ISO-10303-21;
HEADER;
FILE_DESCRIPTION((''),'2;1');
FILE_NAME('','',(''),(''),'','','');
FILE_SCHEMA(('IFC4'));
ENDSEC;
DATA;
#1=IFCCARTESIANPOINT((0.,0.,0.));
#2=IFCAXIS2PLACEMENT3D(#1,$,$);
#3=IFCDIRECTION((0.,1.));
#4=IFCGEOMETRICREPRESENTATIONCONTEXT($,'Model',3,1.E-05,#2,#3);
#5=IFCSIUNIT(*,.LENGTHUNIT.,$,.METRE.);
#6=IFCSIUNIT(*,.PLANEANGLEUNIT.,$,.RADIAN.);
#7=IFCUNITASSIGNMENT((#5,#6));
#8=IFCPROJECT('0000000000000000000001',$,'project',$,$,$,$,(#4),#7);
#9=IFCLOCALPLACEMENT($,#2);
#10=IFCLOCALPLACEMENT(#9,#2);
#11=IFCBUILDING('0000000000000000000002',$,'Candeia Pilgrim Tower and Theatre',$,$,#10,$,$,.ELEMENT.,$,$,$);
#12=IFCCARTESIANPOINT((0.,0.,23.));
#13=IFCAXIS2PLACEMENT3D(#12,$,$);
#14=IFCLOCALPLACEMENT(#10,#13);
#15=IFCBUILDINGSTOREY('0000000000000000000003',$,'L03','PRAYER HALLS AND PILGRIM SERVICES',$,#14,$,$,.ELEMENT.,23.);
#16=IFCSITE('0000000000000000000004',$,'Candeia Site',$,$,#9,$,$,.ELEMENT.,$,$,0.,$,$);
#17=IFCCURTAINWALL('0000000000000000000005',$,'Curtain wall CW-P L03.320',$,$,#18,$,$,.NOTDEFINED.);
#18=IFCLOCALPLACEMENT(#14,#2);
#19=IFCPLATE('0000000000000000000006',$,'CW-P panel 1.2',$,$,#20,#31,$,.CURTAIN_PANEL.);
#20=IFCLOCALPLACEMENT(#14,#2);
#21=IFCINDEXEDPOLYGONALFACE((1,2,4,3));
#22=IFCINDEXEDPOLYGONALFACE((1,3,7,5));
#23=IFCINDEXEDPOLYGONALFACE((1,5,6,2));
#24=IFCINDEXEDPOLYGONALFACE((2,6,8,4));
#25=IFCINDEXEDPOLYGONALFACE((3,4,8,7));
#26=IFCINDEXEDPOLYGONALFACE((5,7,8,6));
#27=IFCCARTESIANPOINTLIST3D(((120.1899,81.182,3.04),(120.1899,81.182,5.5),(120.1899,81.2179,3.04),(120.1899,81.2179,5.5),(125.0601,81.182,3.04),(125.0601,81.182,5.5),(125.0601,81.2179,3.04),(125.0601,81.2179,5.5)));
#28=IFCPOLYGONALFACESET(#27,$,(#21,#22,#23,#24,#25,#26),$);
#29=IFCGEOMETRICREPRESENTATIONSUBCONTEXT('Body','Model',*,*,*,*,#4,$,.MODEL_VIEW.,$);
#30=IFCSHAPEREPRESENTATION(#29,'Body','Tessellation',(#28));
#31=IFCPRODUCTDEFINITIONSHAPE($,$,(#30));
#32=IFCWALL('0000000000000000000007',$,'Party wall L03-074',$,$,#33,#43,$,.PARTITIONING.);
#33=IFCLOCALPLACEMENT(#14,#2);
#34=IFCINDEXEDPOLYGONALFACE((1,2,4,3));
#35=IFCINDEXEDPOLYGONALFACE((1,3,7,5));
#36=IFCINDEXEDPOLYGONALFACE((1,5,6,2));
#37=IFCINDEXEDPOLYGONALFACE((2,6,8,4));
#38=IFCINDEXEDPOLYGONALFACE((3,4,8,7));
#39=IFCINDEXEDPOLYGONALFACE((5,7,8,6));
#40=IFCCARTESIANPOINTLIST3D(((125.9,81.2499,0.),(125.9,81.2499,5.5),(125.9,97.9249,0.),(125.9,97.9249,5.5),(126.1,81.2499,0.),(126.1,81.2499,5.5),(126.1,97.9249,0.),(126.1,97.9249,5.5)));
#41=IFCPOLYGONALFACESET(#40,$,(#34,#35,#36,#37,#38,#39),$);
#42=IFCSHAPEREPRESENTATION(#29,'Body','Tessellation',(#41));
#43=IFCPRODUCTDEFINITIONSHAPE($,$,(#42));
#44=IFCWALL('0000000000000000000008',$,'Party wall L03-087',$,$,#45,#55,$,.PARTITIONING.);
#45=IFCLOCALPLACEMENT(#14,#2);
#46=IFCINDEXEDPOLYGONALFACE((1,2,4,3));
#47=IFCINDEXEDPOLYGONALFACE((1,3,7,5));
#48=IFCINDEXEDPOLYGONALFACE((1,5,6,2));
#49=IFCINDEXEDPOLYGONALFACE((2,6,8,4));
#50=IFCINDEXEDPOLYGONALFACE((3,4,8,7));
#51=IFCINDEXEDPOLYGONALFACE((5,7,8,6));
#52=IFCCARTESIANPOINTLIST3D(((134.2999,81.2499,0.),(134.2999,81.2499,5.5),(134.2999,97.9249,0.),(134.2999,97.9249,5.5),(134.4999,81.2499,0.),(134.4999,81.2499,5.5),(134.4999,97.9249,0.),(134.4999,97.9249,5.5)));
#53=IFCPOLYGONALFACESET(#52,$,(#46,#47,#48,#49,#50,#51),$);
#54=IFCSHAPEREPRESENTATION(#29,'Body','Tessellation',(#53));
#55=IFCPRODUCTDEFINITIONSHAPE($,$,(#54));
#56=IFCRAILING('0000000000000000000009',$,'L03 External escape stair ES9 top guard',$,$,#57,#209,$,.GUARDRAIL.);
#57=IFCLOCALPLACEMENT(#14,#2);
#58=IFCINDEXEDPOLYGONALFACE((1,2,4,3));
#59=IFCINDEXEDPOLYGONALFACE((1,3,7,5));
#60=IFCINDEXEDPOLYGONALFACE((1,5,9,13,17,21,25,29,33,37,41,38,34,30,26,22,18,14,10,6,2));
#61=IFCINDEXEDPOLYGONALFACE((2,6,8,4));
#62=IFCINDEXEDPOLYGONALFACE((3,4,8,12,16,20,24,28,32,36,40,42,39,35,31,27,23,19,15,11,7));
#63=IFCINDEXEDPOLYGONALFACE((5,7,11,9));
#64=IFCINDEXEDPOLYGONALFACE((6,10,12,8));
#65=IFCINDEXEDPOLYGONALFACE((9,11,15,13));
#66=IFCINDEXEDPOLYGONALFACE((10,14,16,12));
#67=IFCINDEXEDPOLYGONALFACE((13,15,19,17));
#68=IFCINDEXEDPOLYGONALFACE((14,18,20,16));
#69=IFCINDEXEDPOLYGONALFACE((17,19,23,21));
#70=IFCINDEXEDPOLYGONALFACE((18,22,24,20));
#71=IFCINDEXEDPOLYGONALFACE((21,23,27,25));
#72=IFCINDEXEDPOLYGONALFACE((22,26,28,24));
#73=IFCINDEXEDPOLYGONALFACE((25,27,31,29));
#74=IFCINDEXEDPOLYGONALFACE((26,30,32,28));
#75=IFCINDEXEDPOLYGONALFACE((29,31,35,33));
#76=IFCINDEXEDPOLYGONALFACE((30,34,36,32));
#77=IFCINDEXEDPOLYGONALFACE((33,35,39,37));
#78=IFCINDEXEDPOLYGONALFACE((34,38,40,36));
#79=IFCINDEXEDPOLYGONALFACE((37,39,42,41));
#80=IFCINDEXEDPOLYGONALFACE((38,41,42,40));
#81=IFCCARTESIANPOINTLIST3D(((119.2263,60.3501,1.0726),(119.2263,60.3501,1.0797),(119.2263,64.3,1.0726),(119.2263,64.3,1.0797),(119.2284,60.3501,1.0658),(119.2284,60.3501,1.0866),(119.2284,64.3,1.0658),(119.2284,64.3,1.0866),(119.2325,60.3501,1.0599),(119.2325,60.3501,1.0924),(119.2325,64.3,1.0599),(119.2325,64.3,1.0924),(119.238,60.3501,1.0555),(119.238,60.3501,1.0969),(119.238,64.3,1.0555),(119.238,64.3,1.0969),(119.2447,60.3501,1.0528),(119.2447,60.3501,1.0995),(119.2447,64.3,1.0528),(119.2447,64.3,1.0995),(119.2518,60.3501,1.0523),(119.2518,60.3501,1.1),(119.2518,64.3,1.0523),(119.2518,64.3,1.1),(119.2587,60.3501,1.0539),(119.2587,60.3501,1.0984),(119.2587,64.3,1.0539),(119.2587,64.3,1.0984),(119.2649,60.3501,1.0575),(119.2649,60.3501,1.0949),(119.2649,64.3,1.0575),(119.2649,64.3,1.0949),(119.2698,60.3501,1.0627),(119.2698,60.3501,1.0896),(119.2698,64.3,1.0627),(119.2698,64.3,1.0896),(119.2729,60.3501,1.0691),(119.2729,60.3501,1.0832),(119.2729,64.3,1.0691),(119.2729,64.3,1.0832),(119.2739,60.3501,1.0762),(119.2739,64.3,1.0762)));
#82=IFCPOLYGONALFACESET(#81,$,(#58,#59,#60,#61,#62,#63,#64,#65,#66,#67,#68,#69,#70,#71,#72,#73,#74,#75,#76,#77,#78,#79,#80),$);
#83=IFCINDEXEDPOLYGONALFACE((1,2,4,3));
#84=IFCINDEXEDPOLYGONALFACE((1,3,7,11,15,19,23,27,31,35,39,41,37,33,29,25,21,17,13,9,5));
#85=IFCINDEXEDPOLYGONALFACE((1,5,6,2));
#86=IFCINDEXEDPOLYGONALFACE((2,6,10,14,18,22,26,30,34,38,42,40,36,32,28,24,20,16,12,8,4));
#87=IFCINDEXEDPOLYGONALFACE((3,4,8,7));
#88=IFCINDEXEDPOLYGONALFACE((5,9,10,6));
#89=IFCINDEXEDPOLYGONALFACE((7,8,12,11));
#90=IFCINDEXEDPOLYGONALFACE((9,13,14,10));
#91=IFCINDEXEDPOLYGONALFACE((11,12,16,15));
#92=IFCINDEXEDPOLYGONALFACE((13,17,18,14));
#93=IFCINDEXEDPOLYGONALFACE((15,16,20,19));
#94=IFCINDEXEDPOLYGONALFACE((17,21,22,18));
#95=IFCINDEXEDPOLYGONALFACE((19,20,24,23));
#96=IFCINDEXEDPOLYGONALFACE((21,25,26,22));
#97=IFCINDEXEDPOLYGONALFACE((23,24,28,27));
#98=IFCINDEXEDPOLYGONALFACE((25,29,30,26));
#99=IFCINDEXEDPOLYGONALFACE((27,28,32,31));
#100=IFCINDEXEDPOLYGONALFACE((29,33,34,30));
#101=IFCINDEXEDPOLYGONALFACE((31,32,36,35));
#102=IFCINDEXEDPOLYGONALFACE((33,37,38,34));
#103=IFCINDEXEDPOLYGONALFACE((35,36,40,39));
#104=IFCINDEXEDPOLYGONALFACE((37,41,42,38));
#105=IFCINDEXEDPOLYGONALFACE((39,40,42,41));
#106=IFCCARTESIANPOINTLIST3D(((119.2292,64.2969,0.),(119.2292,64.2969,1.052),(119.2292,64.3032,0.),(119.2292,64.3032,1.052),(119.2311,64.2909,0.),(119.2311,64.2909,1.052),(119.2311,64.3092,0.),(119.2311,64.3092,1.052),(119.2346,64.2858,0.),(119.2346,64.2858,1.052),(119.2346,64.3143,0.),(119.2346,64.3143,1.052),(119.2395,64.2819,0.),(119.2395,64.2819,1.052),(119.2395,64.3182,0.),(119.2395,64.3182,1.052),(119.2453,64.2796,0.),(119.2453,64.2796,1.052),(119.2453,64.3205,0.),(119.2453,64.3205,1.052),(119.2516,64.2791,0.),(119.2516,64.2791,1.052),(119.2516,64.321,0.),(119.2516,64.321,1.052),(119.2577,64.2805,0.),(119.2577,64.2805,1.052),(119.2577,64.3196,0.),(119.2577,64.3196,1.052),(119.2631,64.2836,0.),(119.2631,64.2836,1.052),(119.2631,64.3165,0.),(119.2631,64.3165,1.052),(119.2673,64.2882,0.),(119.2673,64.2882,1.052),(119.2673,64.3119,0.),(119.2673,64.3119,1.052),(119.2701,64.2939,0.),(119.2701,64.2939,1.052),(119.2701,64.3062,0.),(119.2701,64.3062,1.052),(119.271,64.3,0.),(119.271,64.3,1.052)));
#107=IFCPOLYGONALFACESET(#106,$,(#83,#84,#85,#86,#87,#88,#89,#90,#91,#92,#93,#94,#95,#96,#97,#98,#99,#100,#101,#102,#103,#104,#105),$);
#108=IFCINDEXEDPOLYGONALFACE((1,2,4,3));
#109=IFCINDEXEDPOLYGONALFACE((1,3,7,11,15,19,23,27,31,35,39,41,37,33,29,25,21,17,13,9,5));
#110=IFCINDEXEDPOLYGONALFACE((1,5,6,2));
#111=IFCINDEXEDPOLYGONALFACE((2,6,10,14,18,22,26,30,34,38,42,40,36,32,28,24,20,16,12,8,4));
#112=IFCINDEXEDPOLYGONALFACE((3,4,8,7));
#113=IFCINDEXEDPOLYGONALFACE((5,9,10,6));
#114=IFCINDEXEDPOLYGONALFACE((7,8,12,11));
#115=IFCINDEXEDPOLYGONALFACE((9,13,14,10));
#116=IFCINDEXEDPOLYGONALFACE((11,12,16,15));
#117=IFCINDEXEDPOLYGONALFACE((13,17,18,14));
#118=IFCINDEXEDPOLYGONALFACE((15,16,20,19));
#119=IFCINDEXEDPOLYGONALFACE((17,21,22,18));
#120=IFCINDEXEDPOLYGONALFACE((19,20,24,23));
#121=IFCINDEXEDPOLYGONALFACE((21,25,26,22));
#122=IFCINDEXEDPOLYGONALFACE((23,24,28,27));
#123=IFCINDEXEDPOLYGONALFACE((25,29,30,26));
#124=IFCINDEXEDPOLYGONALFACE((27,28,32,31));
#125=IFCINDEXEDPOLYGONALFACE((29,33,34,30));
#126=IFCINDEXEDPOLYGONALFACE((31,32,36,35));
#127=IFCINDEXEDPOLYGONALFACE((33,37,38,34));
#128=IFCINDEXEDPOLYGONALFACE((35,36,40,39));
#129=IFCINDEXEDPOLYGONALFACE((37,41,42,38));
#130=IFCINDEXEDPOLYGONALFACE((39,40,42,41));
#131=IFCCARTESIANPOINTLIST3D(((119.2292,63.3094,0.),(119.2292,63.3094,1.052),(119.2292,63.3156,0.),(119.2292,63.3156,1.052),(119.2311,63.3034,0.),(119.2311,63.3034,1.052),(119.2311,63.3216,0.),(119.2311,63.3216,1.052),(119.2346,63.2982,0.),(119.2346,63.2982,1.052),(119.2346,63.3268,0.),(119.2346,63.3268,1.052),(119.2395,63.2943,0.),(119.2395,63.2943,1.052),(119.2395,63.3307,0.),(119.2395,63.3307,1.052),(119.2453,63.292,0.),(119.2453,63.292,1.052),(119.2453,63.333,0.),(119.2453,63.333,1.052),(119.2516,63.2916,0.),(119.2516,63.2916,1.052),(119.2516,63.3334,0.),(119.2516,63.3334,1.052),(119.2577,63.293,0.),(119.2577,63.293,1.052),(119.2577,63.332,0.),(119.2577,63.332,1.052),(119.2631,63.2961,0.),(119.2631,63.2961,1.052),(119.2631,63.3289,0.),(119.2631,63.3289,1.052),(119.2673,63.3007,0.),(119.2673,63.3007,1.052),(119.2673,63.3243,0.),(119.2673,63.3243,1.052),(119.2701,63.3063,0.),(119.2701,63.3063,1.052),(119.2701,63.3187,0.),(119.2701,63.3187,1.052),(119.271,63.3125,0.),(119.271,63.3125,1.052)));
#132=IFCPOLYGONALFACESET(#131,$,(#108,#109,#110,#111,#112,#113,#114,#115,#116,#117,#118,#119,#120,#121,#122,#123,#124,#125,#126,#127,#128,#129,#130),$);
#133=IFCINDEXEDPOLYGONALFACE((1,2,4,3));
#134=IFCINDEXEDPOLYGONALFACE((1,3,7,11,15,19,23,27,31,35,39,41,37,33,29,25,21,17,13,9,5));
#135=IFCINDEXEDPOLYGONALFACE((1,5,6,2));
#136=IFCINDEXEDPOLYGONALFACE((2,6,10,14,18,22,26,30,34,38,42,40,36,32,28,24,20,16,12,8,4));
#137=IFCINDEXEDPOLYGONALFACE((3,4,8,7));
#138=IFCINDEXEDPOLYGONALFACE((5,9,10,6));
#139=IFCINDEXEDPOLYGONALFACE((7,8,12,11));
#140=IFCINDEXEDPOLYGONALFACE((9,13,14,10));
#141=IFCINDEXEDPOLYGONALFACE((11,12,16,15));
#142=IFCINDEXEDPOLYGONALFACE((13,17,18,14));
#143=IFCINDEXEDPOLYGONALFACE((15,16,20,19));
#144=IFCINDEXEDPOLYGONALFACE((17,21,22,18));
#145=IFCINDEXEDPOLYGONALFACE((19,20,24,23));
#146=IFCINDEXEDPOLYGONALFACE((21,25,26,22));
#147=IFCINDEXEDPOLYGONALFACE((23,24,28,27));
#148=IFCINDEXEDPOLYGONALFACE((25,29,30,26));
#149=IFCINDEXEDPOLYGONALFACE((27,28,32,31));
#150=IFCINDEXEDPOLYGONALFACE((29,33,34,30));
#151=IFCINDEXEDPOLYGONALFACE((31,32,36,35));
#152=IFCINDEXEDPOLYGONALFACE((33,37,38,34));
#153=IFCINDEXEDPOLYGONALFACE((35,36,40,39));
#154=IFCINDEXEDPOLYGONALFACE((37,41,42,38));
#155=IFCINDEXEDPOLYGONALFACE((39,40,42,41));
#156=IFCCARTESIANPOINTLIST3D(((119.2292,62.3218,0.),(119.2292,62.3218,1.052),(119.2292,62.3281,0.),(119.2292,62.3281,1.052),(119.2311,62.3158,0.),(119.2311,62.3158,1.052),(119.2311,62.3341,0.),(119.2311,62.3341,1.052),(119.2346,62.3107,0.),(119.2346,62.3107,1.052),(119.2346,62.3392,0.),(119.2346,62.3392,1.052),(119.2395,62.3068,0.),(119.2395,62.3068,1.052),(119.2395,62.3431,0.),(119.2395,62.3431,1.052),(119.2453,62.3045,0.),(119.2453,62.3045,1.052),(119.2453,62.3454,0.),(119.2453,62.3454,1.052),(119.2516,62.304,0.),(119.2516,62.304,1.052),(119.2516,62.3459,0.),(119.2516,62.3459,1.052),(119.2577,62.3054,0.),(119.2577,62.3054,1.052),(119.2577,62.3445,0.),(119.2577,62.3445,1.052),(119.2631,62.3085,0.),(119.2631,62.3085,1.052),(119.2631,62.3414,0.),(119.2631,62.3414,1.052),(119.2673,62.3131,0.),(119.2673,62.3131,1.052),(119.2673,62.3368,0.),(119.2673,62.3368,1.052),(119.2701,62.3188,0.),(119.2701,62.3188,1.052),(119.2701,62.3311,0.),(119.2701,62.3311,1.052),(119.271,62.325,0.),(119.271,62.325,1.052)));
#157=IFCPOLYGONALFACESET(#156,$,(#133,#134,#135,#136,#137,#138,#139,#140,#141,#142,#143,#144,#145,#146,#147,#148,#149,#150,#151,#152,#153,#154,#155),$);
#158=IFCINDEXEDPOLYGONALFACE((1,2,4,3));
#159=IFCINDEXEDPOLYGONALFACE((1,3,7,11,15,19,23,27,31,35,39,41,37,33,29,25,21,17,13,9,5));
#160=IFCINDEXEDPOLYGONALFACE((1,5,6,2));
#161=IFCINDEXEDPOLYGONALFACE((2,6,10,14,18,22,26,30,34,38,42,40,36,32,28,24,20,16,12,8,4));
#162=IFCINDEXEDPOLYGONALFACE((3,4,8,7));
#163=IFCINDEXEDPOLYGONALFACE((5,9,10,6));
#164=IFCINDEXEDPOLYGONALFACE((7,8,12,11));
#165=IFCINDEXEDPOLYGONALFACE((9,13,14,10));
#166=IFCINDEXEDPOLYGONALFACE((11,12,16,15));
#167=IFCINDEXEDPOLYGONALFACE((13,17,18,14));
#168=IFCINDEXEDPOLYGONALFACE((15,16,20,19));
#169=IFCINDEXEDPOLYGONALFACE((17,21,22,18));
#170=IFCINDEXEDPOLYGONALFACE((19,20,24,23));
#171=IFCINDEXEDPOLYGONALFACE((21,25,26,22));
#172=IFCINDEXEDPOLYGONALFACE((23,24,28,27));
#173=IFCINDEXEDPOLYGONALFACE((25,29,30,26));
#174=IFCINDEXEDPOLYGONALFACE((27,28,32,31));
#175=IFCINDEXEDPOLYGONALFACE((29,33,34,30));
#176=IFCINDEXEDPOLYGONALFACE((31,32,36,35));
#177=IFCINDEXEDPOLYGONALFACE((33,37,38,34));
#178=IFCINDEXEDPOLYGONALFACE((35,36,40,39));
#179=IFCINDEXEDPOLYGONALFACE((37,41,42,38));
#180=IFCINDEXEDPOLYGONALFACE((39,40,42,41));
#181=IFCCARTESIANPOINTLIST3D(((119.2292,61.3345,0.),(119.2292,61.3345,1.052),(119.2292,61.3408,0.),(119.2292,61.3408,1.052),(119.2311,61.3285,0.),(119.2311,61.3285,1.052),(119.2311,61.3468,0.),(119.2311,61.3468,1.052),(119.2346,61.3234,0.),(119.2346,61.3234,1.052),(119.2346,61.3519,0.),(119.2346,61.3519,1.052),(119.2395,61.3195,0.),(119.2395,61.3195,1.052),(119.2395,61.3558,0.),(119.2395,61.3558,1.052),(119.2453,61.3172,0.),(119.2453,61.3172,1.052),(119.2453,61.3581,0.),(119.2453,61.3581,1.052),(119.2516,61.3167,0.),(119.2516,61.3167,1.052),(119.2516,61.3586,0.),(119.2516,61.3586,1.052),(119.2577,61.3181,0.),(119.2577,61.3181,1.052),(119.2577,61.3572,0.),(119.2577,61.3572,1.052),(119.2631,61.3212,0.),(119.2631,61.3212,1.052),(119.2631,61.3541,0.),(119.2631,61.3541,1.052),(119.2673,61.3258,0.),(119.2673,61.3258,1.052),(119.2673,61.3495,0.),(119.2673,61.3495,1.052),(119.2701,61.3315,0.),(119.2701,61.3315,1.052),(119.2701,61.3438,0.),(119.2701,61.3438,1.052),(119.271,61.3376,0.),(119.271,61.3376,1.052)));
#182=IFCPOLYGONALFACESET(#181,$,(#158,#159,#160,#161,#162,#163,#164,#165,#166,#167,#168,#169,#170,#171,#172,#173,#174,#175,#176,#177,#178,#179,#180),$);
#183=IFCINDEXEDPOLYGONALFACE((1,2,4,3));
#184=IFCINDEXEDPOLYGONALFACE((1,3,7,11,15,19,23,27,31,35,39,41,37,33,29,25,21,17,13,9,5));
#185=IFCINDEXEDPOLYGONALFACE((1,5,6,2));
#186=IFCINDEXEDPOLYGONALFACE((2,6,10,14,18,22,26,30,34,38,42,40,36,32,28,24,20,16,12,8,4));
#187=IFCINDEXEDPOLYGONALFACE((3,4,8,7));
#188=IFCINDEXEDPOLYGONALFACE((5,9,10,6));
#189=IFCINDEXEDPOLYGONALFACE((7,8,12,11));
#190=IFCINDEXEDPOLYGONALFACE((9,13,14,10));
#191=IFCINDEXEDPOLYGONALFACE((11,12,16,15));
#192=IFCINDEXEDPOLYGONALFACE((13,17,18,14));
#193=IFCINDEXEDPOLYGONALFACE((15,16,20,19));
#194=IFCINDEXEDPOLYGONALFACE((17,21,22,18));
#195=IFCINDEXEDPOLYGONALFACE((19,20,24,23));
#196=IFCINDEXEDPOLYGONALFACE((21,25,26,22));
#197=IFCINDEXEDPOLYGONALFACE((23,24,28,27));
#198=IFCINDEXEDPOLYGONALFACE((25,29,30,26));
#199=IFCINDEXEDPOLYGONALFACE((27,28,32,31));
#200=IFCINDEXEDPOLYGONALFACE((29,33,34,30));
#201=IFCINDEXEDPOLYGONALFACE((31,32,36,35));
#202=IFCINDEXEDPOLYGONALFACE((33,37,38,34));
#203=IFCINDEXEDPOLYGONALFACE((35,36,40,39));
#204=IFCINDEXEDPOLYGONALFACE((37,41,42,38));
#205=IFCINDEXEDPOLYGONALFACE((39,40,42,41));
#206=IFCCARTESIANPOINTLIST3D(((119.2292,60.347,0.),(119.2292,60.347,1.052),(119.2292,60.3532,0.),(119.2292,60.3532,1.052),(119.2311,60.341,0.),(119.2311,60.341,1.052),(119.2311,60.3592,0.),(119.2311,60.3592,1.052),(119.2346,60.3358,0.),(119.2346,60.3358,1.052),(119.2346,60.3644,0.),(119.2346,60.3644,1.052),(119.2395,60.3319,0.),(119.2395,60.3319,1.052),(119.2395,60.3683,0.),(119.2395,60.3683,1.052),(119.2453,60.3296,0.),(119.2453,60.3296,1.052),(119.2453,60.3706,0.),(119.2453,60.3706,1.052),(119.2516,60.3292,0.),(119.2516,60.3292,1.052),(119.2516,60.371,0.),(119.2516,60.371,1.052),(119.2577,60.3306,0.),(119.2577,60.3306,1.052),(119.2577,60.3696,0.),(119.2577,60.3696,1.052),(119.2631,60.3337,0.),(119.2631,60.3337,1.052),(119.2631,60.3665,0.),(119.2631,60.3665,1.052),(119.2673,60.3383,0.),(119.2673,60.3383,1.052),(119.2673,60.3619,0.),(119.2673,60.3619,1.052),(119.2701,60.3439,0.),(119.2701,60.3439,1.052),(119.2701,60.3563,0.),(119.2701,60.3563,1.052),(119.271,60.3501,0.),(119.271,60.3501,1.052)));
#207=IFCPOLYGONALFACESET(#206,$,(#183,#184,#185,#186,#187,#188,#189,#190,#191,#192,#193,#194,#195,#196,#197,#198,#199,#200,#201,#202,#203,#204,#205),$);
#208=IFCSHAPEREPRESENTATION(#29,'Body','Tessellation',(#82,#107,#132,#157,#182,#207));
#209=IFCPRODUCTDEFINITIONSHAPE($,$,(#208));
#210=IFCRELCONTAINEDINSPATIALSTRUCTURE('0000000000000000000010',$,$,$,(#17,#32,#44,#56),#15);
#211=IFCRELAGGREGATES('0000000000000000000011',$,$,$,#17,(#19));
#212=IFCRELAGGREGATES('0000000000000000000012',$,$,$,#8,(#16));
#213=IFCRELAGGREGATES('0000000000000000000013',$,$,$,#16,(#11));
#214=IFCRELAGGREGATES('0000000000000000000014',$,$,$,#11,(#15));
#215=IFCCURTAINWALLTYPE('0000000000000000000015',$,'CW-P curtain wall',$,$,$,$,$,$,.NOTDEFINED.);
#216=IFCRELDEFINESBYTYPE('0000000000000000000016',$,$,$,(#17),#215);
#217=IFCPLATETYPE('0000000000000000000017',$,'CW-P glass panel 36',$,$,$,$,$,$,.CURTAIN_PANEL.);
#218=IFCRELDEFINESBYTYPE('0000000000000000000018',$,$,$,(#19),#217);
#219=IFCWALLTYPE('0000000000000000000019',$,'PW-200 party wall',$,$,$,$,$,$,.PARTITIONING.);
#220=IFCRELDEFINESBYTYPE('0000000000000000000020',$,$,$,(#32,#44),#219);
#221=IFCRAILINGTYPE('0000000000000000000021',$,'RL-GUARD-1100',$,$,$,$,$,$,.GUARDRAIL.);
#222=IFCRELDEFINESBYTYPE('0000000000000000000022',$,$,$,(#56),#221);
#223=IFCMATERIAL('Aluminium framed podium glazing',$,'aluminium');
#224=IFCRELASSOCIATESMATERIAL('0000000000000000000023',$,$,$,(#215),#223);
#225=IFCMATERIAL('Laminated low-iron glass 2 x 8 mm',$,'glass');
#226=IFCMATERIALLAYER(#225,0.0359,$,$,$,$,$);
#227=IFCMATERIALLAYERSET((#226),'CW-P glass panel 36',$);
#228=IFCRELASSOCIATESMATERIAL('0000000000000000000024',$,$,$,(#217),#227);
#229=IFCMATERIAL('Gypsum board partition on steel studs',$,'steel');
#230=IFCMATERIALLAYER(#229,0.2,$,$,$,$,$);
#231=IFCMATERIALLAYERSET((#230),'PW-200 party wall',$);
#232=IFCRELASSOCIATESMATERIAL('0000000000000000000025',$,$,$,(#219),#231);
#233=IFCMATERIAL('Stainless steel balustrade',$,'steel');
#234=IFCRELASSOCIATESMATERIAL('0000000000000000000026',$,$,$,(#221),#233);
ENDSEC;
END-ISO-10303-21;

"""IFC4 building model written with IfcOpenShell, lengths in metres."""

from ifc_helpers import new_model, si_unit, direction, frame, frame_2d, origin, origin_2d, place, context, subcontext, project, spatial, rectangle, circle, extrude, material, layer, layer_set, type_object, element, aggregate, save


model = new_model("IFC4")

# Units and contexts
model_context = context("Model", 3, precision=1e-05, world=origin(), true_north=direction((0.0, 1.0)))
body_context = subcontext(model_context, "Body", "Model", "MODEL_VIEW")
ifc_project = project(units=[si_unit("LENGTHUNIT", "METRE"), si_unit("PLANEANGLEUNIT", "RADIAN")], contexts=[model_context])

# Site, building, storey
site_placement = place(None, origin())
site = spatial("IfcSite", under=ifc_project, at=site_placement, Name="Candeia Site", CompositionType="ELEMENT", RefElevation=0.0)
building_placement = place(site_placement, origin())
building = spatial("IfcBuilding", under=site, at=building_placement, Name="Candeia Pilgrim Tower and Theatre", CompositionType="ELEMENT")
storey_placement = place(building_placement, frame((0.0, 0.0, 23.0)))
storey = spatial("IfcBuildingStorey", under=building, at=storey_placement, Name="L03", Description="PRAYER HALLS AND PILGRIM SERVICES", CompositionType="ELEMENT", Elevation=23.0)

# Curtain wall
ifc_material_1 = material(Name="Aluminium framed podium glazing", Category="aluminium")
curtain_wall_type = type_object("IfcCurtainWallType", Name="CW-P curtain wall", PredefinedType="NOTDEFINED", material=ifc_material_1)
curtain_wall_1_placement = place(storey_placement, origin())
curtain_wall_1 = element("IfcCurtainWall", 1, at=curtain_wall_1_placement, inside=storey, type_object=curtain_wall_type, Name="Curtain wall CW-P L03.320", PredefinedType="NOTDEFINED")

# Plate
ifc_material_2 = material(Name="Laminated low-iron glass 2 x 8 mm", Category="glass")
ifc_layer_1 = layer(ifc_material_2, 0.0359)
ifc_layer_set_1 = layer_set([ifc_layer_1], Name="CW-P glass panel 36")
plate_type = type_object("IfcPlateType", Name="CW-P glass panel 36", PredefinedType="CURTAIN_PANEL", material=ifc_layer_set_1)
plate_1_placement = place(storey_placement, frame((122.625, 81.2, 3.04), z_axis=(0.0, 0.0, 1.0), x_axis=(-1.0, 0.0, 0.0)))
plate_1 = element("IfcPlate", 2, at=plate_1_placement, type_object=plate_type, Name="CW-P panel 1.2", PredefinedType="CURTAIN_PANEL", context=body_context, shape_type="SweptSolid", body=[
    extrude(rectangle(XDim=4.8701, YDim=0.0359, at=origin_2d()), origin(), (0.0, 0.0, 1.0), 2.46),
])
aggregate(curtain_wall_1, [plate_1])

# Walls
ifc_material_3 = material(Name="Gypsum board partition on steel studs", Category="steel")
ifc_layer_2 = layer(ifc_material_3, 0.2)
ifc_layer_set_2 = layer_set([ifc_layer_2], Name="PW-200 party wall")
wall_type_1 = type_object("IfcWallType", Name="PW-200 party wall", PredefinedType="PARTITIONING", material=ifc_layer_set_2)
for number, where, z_axis, x_axis, name in (
    (3, (126.0, 81.25, 0.0), (0.0, 0.0, 1.0), (0.0, 1.0, 0.0), "Party wall L03-074"),
    (4, (134.3999, 81.25, 0.0), (0.0, 0.0, 1.0), (0.0, 1.0, 0.0), "Party wall L03-087"),
):
    element("IfcWall", number, at=place(storey_placement, frame(where, z_axis=z_axis, x_axis=x_axis)), inside=storey, type_object=wall_type_1, Name=name, PredefinedType="PARTITIONING", context=body_context, shape_type="SweptSolid", body=[
        extrude(rectangle(XDim=16.675, YDim=0.2, at=frame_2d((8.3374, 0.0))), origin(), (0.0, 0.0, 1.0), 5.5),
    ])

# Railing
ifc_material_4 = material(Name="Stainless steel balustrade", Category="steel")
railing_type_1 = type_object("IfcRailingType", Name="RL-GUARD-1100", PredefinedType="GUARDRAIL", material=ifc_material_4)
railing_1_placement = place(storey_placement, frame((119.25, 64.3, 0.0)))
element("IfcRailing", 5, at=railing_1_placement, inside=storey, type_object=railing_type_1, Name="L03 External escape stair ES9 top guard", PredefinedType="GUARDRAIL", context=body_context, shape_type="SweptSolid", body=[
    extrude(circle(Radius=0.0239, at=origin_2d()), frame((0.0, 0.0, 1.0762), z_axis=(0.0, -1.0, 0.0), x_axis=(1.0, 0.0, 0.0)), (0.0, 0.0, 1.0), 3.95),
    extrude(circle(Radius=0.021, at=origin_2d()), origin(), (0.0, 0.0, 1.0), 1.052),
    extrude(circle(Radius=0.021, at=origin_2d()), frame((0.0, -0.9875, 0.0)), (0.0, 0.0, 1.0), 1.052),
    extrude(circle(Radius=0.021, at=origin_2d()), frame((0.0, -1.9751, 0.0)), (0.0, 0.0, 1.0), 1.052),
    extrude(circle(Radius=0.021, at=origin_2d()), frame((0.0, -2.9624, 0.0)), (0.0, 0.0, 1.0), 1.052),
    extrude(circle(Radius=0.021, at=origin_2d()), frame((0.0, -3.95, 0.0)), (0.0, 0.0, 1.0), 1.052),
])

save(model, "model.ifc")
